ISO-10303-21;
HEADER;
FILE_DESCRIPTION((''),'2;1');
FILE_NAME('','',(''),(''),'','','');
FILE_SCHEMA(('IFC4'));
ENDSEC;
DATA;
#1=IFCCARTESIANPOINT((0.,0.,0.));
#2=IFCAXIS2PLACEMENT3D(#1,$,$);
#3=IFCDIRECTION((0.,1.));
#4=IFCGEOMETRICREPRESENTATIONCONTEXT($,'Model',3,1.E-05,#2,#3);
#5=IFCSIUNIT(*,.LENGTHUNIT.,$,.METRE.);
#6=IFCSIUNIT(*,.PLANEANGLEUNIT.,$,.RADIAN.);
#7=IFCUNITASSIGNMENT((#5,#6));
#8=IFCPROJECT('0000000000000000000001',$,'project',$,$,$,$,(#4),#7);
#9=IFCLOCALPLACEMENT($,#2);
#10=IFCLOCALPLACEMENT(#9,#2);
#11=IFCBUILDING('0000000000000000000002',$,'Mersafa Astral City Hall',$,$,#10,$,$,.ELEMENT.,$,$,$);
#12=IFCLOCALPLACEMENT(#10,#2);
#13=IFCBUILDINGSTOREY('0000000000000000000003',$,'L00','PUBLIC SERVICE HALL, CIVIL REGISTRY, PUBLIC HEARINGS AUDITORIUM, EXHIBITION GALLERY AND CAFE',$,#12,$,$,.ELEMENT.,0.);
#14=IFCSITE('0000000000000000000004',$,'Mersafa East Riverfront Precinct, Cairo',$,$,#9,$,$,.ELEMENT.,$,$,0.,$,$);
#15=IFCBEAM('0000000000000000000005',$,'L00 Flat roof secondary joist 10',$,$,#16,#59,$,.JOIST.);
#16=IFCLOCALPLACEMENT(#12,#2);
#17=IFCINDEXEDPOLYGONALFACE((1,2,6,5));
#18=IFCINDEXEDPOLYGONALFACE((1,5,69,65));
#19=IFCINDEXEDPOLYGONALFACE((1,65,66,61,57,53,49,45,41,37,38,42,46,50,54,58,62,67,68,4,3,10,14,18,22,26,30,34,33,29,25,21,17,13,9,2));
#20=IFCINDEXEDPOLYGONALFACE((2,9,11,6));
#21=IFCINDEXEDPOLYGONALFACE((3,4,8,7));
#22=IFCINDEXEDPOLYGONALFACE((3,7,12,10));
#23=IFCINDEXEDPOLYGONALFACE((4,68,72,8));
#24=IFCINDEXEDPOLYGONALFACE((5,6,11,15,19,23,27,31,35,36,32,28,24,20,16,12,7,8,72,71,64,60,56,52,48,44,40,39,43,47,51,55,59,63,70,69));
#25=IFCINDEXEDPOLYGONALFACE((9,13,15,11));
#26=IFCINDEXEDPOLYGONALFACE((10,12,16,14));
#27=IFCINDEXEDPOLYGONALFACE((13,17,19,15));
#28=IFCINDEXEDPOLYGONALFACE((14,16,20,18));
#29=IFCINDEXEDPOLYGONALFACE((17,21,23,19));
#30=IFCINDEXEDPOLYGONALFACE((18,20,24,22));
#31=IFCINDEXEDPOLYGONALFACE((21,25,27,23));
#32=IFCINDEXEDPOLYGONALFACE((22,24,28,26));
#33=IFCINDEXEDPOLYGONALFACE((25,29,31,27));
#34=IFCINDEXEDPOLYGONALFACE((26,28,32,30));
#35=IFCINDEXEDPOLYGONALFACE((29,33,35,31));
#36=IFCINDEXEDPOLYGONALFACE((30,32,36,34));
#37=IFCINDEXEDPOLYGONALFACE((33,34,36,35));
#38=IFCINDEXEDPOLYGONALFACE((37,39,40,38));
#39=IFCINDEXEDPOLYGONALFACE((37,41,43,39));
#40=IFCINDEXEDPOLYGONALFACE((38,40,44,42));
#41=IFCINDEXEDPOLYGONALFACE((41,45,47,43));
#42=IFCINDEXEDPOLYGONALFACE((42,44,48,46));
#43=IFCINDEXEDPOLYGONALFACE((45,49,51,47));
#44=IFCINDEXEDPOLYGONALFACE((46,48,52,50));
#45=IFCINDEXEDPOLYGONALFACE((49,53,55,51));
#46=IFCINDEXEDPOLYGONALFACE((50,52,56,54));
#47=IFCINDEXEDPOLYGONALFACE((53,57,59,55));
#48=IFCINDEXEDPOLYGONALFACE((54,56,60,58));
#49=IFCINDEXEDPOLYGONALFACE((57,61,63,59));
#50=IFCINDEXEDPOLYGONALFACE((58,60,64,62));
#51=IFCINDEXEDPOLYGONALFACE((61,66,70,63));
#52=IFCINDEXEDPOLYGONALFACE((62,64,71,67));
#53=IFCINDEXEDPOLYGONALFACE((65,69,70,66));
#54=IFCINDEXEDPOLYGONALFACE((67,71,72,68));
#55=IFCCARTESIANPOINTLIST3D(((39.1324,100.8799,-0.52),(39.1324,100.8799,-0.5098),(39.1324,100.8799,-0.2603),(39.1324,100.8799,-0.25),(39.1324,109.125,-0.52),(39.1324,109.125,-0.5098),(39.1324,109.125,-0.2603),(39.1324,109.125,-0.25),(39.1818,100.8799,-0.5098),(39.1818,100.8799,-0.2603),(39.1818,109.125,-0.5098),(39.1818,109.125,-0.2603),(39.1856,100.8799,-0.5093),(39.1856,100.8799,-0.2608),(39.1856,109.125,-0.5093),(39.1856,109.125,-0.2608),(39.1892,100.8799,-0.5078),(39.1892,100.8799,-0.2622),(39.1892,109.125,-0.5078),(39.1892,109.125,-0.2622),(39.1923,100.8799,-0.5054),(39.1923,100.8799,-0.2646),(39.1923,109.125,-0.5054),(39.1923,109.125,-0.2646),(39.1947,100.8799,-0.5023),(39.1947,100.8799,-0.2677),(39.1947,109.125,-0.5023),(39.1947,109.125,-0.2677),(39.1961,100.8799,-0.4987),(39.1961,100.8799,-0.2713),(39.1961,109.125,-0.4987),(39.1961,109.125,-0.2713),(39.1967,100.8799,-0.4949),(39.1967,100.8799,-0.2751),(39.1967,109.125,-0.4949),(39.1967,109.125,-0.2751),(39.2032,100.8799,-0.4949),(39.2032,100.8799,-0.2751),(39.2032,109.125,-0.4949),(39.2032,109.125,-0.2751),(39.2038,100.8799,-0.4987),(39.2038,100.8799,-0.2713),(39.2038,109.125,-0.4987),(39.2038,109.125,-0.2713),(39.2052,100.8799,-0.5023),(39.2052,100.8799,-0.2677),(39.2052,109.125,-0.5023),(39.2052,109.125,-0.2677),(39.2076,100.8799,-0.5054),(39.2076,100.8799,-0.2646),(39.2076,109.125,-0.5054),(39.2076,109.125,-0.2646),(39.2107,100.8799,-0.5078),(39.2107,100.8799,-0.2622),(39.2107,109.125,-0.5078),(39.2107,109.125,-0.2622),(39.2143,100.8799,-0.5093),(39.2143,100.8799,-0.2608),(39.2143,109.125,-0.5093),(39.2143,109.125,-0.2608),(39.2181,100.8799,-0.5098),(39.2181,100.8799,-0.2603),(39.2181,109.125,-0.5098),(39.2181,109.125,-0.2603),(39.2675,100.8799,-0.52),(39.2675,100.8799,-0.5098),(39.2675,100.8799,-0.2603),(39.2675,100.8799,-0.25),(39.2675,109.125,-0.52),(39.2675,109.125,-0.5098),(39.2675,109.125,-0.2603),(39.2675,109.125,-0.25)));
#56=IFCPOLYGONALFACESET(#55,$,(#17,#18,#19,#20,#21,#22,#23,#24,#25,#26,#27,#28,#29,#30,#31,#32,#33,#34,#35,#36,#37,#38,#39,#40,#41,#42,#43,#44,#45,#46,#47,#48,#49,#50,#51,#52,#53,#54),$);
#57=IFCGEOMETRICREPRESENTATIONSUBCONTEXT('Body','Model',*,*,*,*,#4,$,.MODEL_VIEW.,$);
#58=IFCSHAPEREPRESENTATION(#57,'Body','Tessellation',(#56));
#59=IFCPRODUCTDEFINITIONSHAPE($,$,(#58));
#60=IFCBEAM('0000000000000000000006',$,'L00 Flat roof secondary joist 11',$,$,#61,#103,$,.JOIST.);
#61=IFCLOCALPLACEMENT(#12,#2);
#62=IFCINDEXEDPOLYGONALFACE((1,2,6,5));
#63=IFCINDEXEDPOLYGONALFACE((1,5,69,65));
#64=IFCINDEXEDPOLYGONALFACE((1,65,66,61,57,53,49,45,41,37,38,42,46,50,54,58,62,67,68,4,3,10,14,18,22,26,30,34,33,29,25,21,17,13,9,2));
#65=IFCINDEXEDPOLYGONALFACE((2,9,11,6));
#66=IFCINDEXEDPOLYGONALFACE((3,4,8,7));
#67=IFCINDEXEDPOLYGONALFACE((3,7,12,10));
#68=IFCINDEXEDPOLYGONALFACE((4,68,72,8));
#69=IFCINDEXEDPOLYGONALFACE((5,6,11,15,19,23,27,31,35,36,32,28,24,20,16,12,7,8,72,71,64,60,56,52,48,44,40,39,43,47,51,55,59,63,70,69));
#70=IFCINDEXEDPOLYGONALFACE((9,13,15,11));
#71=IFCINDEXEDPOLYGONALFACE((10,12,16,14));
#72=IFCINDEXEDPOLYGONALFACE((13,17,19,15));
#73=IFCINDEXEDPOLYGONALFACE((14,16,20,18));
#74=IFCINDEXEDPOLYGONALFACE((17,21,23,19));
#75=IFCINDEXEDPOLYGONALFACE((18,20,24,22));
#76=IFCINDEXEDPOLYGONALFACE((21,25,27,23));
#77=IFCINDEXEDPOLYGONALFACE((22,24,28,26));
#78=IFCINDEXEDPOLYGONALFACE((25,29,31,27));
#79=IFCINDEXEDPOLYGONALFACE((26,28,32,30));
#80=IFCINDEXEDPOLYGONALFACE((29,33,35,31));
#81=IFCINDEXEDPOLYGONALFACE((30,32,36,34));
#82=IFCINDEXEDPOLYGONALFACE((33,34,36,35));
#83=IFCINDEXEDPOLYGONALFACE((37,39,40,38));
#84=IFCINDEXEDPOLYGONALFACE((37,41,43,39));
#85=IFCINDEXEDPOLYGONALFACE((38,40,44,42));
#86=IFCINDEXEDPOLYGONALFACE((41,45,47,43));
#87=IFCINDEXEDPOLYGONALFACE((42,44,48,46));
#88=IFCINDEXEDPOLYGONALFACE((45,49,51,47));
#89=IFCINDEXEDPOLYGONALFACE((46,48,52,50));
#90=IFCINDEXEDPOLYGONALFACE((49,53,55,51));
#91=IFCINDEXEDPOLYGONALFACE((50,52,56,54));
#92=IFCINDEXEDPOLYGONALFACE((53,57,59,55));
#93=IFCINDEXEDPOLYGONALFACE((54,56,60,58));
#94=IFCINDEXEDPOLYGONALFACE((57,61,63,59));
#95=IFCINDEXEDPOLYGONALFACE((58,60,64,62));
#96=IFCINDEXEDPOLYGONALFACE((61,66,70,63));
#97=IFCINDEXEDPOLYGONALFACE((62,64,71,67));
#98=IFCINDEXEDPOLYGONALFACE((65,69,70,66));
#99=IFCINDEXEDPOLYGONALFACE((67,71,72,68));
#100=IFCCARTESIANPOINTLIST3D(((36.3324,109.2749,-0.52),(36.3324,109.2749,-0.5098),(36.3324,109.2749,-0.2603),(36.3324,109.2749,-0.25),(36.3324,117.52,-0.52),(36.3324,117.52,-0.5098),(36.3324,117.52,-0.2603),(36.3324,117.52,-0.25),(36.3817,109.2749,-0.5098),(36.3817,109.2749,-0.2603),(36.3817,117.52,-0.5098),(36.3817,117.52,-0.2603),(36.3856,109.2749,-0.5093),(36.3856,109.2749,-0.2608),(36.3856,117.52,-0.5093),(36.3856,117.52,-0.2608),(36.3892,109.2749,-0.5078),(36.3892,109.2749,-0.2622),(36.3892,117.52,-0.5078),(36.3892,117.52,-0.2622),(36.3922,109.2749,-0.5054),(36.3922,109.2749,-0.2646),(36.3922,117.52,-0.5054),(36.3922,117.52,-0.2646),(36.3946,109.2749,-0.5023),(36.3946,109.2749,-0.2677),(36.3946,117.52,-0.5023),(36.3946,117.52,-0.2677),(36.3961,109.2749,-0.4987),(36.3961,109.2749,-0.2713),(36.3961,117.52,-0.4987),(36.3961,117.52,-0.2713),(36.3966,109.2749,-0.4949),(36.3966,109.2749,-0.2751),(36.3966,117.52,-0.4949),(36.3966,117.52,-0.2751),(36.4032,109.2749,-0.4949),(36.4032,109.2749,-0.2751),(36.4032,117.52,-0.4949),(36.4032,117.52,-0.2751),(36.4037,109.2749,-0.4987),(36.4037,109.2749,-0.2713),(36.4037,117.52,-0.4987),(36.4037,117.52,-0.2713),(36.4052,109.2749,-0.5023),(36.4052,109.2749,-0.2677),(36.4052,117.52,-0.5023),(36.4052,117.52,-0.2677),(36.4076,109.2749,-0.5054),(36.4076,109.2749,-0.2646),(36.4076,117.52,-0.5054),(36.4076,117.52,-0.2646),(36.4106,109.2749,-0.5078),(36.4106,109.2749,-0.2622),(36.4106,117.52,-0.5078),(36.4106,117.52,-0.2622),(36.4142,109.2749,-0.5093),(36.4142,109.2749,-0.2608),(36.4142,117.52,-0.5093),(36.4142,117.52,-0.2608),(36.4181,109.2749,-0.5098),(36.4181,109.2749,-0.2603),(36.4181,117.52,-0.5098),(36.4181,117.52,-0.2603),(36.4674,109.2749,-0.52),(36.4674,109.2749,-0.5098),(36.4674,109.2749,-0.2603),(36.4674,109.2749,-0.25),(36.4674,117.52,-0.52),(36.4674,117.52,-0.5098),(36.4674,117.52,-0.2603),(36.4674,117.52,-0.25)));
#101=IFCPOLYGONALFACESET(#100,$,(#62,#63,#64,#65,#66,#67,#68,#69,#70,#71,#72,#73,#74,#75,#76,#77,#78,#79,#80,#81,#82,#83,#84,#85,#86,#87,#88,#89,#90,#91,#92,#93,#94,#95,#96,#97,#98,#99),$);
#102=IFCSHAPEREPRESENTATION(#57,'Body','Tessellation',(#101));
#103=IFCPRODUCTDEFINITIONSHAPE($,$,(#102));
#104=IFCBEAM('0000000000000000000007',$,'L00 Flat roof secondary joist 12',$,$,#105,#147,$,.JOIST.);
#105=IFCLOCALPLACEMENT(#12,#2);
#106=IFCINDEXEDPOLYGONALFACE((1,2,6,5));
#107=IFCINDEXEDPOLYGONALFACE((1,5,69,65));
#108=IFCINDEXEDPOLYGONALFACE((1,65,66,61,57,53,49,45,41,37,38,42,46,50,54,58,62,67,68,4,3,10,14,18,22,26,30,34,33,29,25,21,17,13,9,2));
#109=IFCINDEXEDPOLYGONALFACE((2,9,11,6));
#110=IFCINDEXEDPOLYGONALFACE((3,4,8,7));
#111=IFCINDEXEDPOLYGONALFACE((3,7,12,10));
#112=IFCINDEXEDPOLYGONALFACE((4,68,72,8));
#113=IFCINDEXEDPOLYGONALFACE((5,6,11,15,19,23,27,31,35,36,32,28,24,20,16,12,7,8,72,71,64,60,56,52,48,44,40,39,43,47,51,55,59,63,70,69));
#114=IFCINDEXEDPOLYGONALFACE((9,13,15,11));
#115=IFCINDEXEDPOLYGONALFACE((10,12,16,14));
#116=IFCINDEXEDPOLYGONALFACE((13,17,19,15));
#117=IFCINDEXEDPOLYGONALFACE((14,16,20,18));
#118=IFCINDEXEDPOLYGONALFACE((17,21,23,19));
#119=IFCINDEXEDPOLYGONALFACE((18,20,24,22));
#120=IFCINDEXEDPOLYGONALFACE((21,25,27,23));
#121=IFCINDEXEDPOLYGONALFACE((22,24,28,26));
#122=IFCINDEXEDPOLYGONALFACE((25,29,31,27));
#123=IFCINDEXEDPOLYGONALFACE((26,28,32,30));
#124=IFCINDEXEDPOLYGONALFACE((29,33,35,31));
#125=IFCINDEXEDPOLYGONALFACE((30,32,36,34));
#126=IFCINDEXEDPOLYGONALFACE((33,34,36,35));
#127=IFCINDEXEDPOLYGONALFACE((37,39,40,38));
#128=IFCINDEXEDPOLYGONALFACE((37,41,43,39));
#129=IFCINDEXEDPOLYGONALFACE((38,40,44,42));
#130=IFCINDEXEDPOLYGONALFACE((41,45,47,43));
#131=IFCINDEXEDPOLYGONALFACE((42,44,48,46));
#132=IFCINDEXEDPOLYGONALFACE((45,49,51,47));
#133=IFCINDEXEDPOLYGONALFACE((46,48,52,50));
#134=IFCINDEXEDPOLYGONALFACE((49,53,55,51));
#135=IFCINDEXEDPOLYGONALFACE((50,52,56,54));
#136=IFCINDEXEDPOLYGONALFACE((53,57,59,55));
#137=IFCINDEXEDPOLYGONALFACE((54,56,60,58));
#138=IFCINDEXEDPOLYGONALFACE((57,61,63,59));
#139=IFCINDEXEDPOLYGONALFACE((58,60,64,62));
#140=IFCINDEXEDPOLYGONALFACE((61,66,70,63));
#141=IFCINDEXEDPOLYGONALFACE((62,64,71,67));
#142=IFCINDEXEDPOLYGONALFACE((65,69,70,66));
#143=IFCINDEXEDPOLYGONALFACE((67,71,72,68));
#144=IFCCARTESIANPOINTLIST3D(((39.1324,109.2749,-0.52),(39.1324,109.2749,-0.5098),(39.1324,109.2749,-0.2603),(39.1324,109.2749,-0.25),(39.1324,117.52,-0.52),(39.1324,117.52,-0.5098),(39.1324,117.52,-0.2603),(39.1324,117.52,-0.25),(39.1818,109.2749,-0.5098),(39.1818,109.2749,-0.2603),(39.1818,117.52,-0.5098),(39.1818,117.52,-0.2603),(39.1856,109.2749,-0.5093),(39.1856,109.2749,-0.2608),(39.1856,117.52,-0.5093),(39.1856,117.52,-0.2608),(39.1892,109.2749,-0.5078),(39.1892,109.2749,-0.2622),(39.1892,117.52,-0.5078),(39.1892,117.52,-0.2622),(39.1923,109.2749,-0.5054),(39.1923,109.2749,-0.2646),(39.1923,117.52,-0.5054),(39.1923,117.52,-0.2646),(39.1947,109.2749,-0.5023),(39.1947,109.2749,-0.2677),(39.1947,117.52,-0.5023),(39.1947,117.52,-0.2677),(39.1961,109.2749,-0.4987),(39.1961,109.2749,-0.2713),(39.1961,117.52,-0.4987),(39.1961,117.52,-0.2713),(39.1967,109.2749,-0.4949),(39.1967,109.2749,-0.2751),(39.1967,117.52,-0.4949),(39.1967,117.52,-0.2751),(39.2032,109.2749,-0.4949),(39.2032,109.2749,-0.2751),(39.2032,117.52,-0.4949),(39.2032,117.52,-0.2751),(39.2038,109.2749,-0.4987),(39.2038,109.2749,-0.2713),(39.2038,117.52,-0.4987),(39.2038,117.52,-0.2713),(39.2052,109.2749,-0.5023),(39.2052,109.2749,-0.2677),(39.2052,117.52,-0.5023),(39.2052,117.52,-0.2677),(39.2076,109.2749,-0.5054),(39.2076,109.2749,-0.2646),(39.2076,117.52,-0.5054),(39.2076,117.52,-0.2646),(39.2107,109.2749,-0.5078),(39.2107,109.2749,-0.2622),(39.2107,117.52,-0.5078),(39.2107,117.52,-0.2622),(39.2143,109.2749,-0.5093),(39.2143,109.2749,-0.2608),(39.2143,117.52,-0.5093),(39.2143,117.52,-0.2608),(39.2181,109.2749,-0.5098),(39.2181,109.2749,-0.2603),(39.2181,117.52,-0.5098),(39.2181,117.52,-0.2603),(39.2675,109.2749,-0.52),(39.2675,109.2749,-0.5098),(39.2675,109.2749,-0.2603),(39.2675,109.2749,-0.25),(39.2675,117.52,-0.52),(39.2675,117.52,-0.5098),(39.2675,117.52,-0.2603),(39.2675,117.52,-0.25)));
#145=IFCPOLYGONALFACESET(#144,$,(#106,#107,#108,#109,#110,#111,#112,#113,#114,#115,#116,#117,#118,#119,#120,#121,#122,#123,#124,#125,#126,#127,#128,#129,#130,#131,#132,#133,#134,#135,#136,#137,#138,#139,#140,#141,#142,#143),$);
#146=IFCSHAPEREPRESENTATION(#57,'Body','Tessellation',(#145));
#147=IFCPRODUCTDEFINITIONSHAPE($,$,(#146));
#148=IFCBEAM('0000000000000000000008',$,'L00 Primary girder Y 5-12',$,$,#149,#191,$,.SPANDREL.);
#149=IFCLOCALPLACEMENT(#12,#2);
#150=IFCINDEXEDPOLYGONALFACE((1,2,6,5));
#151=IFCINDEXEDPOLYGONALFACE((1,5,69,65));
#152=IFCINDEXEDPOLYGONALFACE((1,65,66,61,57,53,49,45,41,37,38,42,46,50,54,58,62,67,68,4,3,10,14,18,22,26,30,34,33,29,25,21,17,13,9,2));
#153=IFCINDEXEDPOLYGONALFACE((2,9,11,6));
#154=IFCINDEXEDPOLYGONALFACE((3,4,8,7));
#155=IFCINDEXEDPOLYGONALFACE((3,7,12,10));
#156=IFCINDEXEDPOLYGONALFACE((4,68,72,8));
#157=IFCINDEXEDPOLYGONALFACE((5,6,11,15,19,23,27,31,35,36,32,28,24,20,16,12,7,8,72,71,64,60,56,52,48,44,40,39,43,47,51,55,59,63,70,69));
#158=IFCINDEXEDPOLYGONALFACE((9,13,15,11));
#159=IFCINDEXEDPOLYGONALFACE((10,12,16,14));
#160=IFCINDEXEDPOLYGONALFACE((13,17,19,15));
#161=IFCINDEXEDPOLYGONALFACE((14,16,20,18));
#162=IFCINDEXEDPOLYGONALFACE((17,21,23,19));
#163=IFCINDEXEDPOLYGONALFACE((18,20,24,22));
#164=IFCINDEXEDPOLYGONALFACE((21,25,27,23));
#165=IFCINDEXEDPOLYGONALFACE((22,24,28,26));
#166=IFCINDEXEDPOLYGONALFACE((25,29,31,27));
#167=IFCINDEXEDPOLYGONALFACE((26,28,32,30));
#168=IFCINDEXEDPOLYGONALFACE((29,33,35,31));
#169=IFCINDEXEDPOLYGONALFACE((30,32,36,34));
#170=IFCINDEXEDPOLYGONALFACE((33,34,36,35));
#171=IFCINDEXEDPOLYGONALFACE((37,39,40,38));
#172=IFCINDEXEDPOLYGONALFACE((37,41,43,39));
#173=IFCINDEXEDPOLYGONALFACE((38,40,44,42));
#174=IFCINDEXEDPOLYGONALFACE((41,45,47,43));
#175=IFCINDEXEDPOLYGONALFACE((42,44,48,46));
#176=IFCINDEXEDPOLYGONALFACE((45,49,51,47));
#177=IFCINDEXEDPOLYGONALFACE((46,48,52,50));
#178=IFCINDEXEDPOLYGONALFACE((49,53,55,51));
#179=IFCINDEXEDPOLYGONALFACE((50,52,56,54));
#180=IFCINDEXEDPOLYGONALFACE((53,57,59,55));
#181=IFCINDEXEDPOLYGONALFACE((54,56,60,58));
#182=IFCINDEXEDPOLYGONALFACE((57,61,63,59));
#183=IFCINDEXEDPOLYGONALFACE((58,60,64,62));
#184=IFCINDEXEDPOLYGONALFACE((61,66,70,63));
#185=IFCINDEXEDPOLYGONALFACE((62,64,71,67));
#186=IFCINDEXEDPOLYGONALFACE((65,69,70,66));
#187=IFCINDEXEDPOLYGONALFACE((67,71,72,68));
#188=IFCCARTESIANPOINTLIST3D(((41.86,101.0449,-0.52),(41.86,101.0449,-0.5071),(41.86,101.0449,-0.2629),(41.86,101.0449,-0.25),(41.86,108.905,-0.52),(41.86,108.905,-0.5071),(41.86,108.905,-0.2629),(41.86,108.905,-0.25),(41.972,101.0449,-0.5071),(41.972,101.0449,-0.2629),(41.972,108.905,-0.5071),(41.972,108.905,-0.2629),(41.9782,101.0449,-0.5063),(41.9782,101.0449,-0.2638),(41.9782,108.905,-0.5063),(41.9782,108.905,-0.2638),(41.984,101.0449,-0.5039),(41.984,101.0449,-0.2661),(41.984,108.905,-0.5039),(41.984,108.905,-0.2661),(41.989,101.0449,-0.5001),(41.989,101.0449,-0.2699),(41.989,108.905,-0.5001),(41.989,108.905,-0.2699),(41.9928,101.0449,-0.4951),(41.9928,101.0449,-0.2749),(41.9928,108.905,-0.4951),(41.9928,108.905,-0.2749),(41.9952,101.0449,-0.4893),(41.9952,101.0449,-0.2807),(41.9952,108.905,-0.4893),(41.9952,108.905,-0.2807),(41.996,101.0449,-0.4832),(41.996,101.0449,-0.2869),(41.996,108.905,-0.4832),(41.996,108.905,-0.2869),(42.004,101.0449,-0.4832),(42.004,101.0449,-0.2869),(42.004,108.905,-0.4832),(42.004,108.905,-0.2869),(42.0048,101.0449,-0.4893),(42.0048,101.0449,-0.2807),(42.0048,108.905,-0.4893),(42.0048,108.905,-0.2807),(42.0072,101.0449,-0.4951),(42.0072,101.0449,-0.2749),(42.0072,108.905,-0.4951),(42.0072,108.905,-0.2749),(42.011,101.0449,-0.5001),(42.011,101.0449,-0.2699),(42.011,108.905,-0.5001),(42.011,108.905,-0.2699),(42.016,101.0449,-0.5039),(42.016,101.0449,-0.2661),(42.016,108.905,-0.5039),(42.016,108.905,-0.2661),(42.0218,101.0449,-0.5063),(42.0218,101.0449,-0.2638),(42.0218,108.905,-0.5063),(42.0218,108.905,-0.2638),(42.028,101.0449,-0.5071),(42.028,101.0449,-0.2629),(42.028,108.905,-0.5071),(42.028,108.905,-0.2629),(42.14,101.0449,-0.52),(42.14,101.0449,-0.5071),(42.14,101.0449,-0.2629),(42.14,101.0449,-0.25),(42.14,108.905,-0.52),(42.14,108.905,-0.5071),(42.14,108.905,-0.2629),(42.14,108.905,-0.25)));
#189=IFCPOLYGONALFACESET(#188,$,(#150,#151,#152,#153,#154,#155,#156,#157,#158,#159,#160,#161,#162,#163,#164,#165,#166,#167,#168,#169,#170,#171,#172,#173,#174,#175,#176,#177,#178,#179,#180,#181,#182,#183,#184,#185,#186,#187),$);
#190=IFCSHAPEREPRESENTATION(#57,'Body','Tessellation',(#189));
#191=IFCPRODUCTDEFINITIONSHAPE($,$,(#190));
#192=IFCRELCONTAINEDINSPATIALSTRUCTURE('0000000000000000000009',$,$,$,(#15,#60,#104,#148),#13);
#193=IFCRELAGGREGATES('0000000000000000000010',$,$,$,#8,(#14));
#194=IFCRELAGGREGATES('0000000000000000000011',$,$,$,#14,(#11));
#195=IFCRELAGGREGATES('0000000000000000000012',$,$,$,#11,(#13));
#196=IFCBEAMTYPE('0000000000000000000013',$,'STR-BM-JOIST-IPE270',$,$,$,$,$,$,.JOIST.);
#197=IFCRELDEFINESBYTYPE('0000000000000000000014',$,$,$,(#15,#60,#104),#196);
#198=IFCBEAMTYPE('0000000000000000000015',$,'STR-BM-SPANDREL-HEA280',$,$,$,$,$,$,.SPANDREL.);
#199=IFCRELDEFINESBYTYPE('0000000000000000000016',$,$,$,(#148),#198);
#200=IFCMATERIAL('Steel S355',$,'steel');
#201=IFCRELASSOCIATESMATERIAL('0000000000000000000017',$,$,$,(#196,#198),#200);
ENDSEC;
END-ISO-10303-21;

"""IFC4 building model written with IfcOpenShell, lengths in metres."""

from ifc_helpers import new_model, si_unit, direction, frame, origin, origin_2d, place, context, subcontext, project, spatial, i_section, extrude, material, material_profile, profile_set, type_object, element, save


model = new_model("IFC4")

# Units and contexts
model_context = context("Model", 3, precision=1e-05, world=origin(), true_north=direction((0.0, 1.0)))
body_context = subcontext(model_context, "Body", "Model", "MODEL_VIEW")
ifc_project = project(units=[si_unit("LENGTHUNIT", "METRE"), si_unit("PLANEANGLEUNIT", "RADIAN")], contexts=[model_context])

# Site, building, storey
site_placement = place(None, origin())
site = spatial("IfcSite", under=ifc_project, at=site_placement, Name="Mersafa East Riverfront Precinct, Cairo", CompositionType="ELEMENT", RefElevation=0.0)
building_placement = place(site_placement, origin())
building = spatial("IfcBuilding", under=site, at=building_placement, Name="Mersafa Astral City Hall", CompositionType="ELEMENT")
storey_placement = place(building_placement, origin())
storey = spatial("IfcBuildingStorey", under=building, at=storey_placement, Name="L00", Description="PUBLIC SERVICE HALL, CIVIL REGISTRY, PUBLIC HEARINGS AUDITORIUM, EXHIBITION GALLERY AND CAFE", CompositionType="ELEMENT", Elevation=0.0)

# Shared definitions
ifc_material_1 = material(Name="Steel S355", Category="steel")

# Beams
ifc_material_profile_1 = material_profile(ifc_material_1, i_section(OverallWidth=0.135, OverallDepth=0.27, WebThickness=0.0066, FlangeThickness=0.0103, FilletRadius=0.0149, at=origin_2d()), Name="IPE 270")
ifc_profile_set_1 = profile_set([ifc_material_profile_1], Name="Steel S355")
beam_type_1 = type_object("IfcBeamType", Name="STR-BM-JOIST-IPE270", PredefinedType="JOIST", material=ifc_profile_set_1)
for number, where, z_axis, x_axis, name in (
    (1, (39.2, 100.8799, -0.385), (0.0, 1.0, 0.0), (-1.0, 0.0, 0.0), "L00 Flat roof secondary joist 10"),
    (2, (36.3999, 109.2749, -0.385), (0.0, 1.0, 0.0), (-1.0, 0.0, 0.0), "L00 Flat roof secondary joist 11"),
    (3, (39.2, 109.2749, -0.385), (0.0, 1.0, 0.0), (-1.0, 0.0, 0.0), "L00 Flat roof secondary joist 12"),
):
    element("IfcBeam", number, at=place(storey_placement, frame(where, z_axis=z_axis, x_axis=x_axis)), inside=storey, type_object=beam_type_1, Name=name, PredefinedType="JOIST", context=body_context, shape_type="SweptSolid", body=[
        extrude(i_section(OverallWidth=0.135, OverallDepth=0.27, WebThickness=0.0066, FlangeThickness=0.0103, FilletRadius=0.0149, at=origin_2d()), origin(), (0.0, 0.0, 1.0), 8.2451),
    ])
ifc_material_profile_2 = material_profile(ifc_material_1, i_section(OverallWidth=0.28, OverallDepth=0.27, WebThickness=0.0081, FlangeThickness=0.0129, FilletRadius=0.0239, at=origin_2d()), Name="HEA 280")
ifc_profile_set_2 = profile_set([ifc_material_profile_2], Name="Steel S355")
beam_type_2 = type_object("IfcBeamType", Name="STR-BM-SPANDREL-HEA280", PredefinedType="SPANDREL", material=ifc_profile_set_2)
beam_1_placement = place(storey_placement, frame((42.0, 101.0449, -0.385), z_axis=(0.0, 1.0, 0.0), x_axis=(-1.0, 0.0, 0.0)))
element("IfcBeam", 4, at=beam_1_placement, inside=storey, type_object=beam_type_2, Name="L00 Primary girder Y 5-12", PredefinedType="SPANDREL", context=body_context, shape_type="SweptSolid", body=[
    extrude(i_section(OverallWidth=0.28, OverallDepth=0.27, WebThickness=0.0081, FlangeThickness=0.0129, FilletRadius=0.0239, at=origin_2d()), origin(), (0.0, 0.0, 1.0), 7.8601),
])

save(model, "model.ifc")
